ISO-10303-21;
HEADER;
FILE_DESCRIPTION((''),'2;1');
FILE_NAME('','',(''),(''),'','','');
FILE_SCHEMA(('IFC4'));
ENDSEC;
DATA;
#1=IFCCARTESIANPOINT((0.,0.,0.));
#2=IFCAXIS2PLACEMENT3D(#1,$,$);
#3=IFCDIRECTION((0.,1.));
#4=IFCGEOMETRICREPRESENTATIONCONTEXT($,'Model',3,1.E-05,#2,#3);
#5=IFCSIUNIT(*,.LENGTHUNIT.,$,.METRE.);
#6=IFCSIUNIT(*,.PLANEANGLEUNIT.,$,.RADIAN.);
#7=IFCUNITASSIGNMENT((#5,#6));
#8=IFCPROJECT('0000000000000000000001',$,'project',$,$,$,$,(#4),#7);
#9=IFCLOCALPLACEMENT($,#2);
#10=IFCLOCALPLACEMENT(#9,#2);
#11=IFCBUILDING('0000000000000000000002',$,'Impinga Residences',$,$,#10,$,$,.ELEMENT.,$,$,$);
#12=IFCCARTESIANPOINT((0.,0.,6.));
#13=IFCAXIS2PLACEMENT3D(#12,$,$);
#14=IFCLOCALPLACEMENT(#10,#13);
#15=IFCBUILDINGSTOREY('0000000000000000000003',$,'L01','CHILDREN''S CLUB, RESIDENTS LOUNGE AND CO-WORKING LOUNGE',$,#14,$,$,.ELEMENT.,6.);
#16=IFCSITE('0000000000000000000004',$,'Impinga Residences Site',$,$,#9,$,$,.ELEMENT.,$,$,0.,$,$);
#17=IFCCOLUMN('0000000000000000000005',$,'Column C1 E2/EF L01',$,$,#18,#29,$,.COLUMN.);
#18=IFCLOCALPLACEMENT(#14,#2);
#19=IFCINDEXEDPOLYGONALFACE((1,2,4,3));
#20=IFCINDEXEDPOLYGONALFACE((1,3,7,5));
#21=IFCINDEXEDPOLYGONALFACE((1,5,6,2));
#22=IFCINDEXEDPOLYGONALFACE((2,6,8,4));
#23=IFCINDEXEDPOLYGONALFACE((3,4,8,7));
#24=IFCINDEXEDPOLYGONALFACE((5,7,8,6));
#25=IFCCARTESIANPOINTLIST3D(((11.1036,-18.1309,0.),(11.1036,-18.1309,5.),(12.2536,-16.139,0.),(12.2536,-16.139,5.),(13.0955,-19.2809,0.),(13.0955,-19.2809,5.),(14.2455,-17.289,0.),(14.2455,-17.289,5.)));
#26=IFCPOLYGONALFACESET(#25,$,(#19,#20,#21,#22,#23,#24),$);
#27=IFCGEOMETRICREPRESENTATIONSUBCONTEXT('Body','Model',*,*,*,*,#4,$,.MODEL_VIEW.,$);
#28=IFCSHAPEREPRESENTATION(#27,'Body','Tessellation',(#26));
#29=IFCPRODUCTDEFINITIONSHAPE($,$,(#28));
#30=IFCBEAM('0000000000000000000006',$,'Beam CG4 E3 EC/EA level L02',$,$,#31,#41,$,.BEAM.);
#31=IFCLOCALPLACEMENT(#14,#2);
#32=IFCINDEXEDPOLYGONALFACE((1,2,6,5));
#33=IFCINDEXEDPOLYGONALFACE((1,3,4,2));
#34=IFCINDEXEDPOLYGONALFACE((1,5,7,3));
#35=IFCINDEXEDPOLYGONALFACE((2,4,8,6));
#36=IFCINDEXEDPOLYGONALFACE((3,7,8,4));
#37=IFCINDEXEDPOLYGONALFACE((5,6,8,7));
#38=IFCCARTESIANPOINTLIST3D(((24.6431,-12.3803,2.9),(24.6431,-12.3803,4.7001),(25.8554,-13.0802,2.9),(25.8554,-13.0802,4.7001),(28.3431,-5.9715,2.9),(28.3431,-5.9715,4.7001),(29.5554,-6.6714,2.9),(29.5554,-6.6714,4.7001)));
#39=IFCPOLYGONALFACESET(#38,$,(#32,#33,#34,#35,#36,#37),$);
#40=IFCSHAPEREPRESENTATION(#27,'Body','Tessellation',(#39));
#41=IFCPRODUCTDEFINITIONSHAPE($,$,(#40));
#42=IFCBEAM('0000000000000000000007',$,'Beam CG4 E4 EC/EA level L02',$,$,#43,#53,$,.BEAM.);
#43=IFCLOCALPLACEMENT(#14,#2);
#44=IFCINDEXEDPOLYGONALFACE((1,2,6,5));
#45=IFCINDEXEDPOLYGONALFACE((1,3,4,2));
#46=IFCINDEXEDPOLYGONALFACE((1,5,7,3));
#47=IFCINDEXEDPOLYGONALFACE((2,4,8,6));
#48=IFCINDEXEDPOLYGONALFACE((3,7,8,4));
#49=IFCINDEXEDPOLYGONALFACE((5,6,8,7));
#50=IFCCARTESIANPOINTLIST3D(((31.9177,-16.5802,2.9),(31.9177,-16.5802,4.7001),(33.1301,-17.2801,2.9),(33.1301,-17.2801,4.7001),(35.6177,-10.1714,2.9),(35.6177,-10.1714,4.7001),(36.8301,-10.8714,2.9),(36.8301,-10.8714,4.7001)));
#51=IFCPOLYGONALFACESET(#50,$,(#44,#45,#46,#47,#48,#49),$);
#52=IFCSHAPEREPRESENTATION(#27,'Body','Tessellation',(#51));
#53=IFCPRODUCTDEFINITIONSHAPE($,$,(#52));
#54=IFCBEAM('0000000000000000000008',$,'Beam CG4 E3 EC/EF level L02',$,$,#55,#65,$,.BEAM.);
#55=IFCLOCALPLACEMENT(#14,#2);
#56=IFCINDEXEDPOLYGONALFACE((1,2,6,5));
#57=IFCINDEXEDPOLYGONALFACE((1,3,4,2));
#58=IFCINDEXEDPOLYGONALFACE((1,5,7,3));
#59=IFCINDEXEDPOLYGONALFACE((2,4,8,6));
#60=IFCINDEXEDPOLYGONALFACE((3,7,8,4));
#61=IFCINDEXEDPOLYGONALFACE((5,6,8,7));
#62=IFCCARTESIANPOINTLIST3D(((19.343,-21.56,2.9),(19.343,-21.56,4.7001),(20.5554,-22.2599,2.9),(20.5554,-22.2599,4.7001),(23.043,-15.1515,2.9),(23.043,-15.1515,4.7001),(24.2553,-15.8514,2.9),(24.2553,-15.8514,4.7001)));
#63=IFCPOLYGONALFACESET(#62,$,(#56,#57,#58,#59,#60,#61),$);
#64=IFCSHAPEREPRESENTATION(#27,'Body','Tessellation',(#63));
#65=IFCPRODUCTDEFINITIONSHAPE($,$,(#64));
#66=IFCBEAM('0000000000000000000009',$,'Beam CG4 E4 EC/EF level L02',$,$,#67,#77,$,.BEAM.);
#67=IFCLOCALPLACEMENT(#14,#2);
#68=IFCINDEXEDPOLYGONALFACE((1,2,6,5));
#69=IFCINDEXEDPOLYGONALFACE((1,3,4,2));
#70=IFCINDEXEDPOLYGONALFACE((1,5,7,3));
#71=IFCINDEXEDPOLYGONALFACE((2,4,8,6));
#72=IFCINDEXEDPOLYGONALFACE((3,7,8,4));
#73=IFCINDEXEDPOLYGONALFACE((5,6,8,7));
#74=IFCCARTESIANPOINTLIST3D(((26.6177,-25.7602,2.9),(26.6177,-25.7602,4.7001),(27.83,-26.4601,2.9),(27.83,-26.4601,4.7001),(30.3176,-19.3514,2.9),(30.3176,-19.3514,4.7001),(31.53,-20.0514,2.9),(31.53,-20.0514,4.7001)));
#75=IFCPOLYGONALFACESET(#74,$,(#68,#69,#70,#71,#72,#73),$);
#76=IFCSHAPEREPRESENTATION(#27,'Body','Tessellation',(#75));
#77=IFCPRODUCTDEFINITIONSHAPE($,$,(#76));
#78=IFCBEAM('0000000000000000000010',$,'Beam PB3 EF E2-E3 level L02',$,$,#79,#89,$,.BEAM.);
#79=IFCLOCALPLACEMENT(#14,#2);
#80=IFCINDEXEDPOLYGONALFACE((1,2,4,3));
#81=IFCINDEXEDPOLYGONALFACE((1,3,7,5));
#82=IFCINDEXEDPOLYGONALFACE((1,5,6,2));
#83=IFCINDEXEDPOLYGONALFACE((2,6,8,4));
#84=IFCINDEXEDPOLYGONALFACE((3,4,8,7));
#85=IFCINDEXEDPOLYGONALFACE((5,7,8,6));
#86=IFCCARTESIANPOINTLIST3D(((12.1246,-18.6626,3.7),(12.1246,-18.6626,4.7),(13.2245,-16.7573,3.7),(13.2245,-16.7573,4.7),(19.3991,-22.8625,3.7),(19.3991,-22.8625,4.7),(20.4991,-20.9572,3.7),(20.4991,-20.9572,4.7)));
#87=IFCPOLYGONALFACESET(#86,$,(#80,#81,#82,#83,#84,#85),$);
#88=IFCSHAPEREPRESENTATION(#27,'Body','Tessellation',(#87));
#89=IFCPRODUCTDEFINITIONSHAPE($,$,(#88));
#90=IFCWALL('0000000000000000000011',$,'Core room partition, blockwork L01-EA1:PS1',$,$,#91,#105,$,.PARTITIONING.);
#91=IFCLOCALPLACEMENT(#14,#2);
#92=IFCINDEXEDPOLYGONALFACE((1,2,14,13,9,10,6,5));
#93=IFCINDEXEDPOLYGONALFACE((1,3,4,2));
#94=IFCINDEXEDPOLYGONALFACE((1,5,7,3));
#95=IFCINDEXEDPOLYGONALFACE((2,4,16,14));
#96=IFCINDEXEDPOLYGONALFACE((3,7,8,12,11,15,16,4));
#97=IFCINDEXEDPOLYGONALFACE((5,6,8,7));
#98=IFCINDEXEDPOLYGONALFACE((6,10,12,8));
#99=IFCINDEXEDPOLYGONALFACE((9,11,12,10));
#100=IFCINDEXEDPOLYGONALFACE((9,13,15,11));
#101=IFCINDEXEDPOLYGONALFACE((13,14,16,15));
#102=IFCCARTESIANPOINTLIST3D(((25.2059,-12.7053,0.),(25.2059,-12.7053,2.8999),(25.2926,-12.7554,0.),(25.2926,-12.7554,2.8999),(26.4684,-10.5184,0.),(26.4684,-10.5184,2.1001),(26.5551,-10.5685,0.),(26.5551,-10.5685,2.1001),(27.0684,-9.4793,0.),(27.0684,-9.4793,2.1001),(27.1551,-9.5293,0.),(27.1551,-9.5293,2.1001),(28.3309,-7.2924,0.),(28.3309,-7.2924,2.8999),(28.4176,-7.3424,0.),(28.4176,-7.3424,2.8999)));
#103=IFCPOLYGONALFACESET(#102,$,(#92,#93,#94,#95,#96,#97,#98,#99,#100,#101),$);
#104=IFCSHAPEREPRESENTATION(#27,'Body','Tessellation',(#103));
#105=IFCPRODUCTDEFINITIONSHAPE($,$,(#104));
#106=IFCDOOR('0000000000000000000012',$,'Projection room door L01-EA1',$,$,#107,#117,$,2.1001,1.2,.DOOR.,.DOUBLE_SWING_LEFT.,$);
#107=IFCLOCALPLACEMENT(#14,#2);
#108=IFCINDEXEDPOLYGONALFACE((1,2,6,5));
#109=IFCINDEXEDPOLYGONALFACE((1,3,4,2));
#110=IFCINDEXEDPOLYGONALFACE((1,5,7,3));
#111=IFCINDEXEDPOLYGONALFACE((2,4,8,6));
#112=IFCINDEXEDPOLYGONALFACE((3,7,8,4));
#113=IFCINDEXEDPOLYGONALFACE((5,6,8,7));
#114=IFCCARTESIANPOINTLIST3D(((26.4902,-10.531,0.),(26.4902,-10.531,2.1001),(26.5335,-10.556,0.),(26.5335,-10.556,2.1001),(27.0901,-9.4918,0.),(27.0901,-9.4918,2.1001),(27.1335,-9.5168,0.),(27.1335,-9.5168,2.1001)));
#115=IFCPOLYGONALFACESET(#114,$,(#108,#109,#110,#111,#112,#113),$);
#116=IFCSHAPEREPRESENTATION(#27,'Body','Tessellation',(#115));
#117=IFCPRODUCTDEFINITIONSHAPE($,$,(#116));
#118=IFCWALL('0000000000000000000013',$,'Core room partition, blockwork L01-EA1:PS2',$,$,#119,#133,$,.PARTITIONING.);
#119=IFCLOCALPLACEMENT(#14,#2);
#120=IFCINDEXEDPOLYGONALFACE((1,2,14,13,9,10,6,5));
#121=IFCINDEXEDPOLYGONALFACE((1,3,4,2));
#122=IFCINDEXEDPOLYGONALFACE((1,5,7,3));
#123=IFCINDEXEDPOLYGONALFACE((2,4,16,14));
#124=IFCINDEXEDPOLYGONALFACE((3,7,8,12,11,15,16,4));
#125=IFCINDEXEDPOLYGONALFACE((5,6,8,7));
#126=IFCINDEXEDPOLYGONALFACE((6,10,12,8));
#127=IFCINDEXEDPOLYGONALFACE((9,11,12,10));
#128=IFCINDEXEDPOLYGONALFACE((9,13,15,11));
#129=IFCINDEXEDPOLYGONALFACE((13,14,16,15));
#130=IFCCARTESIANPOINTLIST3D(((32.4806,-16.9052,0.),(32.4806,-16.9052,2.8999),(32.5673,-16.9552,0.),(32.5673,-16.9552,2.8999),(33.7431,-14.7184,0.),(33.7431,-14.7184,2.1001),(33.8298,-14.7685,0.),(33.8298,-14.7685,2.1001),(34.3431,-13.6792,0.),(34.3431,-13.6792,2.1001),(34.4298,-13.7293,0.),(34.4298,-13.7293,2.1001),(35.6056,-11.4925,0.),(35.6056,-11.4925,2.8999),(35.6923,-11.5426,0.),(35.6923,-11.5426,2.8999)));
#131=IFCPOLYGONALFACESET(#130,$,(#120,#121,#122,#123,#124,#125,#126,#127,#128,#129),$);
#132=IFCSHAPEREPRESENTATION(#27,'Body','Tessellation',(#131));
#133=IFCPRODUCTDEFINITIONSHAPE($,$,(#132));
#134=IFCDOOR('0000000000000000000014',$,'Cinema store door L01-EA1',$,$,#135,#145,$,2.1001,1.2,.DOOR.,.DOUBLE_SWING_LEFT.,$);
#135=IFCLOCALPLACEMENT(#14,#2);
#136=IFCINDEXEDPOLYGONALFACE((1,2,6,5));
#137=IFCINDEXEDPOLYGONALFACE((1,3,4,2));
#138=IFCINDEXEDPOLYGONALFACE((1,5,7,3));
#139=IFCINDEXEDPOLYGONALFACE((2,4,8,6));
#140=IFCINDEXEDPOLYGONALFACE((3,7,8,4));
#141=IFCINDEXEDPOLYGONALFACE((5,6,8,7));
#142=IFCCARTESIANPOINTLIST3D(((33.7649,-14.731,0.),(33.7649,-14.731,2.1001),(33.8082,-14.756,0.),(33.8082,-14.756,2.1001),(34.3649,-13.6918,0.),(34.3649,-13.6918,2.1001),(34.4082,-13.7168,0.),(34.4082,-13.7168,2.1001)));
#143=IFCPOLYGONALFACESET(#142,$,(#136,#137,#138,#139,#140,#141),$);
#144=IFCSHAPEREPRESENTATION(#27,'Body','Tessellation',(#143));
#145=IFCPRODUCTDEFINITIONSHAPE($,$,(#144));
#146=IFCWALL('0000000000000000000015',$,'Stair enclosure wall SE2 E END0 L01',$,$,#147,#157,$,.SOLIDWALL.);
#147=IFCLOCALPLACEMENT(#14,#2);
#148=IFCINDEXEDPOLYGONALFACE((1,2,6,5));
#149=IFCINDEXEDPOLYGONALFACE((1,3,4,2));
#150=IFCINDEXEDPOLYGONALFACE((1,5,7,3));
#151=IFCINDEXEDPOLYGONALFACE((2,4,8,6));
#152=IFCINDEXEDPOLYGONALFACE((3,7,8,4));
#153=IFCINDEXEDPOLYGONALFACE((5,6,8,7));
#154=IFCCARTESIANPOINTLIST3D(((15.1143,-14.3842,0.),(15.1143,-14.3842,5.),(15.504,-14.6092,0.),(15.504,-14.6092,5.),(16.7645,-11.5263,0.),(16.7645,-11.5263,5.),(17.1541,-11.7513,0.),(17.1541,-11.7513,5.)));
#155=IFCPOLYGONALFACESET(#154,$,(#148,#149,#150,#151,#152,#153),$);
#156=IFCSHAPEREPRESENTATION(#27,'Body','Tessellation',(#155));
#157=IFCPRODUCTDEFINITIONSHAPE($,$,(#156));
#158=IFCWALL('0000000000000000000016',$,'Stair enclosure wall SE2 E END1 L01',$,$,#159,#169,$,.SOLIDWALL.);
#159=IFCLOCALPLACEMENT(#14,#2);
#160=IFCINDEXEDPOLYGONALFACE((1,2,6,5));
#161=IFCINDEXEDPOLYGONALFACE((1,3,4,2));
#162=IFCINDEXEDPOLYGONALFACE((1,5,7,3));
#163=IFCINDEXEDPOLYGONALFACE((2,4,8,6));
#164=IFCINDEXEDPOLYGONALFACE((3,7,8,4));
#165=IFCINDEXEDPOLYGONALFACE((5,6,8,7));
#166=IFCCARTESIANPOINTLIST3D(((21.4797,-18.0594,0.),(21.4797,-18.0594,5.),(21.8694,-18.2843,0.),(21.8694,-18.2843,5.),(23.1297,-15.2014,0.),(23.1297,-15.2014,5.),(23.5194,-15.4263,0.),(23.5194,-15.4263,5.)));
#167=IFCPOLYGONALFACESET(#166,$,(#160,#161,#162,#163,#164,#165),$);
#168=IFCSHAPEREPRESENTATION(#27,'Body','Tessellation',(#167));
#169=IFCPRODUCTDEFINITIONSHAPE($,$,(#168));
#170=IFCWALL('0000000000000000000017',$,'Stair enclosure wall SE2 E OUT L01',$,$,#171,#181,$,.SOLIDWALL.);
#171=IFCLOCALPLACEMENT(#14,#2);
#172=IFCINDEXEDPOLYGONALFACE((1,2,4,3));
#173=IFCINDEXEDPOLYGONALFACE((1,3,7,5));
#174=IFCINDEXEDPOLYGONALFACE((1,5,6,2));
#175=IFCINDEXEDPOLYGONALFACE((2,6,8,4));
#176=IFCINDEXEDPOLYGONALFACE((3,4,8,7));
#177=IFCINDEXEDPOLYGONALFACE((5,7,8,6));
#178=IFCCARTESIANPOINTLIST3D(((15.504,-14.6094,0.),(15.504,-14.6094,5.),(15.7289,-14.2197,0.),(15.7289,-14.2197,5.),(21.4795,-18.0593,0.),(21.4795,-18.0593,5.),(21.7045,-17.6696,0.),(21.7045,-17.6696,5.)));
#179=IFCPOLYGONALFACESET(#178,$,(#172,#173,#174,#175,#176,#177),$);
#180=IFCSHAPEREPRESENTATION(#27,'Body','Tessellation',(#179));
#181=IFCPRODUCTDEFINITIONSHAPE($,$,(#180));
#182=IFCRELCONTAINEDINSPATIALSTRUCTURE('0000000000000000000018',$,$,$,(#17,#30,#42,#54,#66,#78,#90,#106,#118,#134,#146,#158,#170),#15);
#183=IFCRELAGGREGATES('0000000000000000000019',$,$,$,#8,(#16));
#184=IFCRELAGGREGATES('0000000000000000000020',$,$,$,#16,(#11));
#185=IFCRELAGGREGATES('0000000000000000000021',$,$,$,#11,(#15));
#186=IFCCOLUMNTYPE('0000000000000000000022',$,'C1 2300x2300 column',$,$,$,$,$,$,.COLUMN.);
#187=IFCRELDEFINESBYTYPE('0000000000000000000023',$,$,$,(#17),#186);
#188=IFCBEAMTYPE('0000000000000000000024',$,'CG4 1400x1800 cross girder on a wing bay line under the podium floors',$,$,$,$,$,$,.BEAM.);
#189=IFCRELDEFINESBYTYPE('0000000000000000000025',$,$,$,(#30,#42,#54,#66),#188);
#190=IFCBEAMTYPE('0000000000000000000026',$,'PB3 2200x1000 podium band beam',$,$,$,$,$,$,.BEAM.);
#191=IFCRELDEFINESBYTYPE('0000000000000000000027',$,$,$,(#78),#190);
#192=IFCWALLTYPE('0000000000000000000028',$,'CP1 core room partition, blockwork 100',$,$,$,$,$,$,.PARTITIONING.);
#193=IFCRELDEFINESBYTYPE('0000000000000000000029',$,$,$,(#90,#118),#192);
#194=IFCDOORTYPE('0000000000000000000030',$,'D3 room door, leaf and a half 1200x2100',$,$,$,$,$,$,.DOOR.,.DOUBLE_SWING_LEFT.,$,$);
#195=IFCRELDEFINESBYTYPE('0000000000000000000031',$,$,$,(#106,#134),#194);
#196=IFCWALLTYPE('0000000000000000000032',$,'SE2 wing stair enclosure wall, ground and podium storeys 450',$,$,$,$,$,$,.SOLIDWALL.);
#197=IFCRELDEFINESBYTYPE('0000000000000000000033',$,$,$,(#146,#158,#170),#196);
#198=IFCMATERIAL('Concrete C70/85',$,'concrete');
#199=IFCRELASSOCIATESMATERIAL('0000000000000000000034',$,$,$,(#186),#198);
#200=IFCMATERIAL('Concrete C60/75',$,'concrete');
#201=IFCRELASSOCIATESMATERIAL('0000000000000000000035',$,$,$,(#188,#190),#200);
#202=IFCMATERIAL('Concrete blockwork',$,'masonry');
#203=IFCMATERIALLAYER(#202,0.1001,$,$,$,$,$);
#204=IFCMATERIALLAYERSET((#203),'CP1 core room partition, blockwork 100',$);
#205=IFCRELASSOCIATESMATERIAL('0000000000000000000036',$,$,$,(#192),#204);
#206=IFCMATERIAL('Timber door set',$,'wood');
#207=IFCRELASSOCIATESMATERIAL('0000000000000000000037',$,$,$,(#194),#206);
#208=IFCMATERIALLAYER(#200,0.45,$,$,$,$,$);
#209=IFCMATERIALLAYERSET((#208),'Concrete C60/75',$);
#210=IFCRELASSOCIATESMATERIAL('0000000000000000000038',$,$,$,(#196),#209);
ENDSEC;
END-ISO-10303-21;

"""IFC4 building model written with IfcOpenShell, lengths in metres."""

from ifc_helpers import new_model, si_unit, direction, frame, frame_2d, origin, origin_2d, place, context, subcontext, project, spatial, rectangle, extrude, material, layer, layer_set, material_profile, profile_set, type_object, element, fill, save


model = new_model("IFC4")

# Units and contexts
model_context = context("Model", 3, precision=1e-05, world=origin(), true_north=direction((0.0, 1.0)))
body_context = subcontext(model_context, "Body", "Model", "MODEL_VIEW")
ifc_project = project(units=[si_unit("LENGTHUNIT", "METRE"), si_unit("PLANEANGLEUNIT", "RADIAN")], contexts=[model_context])

# Site, building, storey
site_placement = place(None, origin())
site = spatial("IfcSite", under=ifc_project, at=site_placement, Name="Impinga Residences Site", CompositionType="ELEMENT", RefElevation=0.0)
building_placement = place(site_placement, origin())
building = spatial("IfcBuilding", under=site, at=building_placement, Name="Impinga Residences", CompositionType="ELEMENT")
storey_placement = place(building_placement, frame((0.0, 0.0, 6.0)))
storey = spatial("IfcBuildingStorey", under=building, at=storey_placement, Name="L01", Description="CHILDREN'S CLUB, RESIDENTS LOUNGE AND CO-WORKING LOUNGE", CompositionType="ELEMENT", Elevation=6.0)

# Column
ifc_material_1 = material(Name="Concrete C70/85", Category="concrete")
ifc_material_profile_1 = material_profile(ifc_material_1, rectangle(XDim=2.3, YDim=2.3, at=origin_2d()), Name="RC 2300x2300")
ifc_profile_set_1 = profile_set([ifc_material_profile_1], Name="Concrete C70/85")
column_type = type_object("IfcColumnType", Name="C1 2300x2300 column", PredefinedType="COLUMN", material=ifc_profile_set_1)
column_placement = place(storey_placement, frame((12.6746, -17.71, 0.0), z_axis=(0.0, 0.0, 1.0), x_axis=(-0.5, -0.866025, 0.0)))
element("IfcColumn", 1, at=column_placement, inside=storey, type_object=column_type, Name="Column C1 E2/EF L01", PredefinedType="COLUMN", context=body_context, shape_type="SweptSolid", body=[
    extrude(rectangle(XDim=2.3, YDim=2.3, at=origin_2d()), origin(), (0.0, 0.0, 1.0), 5.0),
])

# Beams
ifc_material_2 = material(Name="Concrete C60/75", Category="concrete")
ifc_material_profile_2 = material_profile(ifc_material_2, rectangle(XDim=1.3999, YDim=1.8, at=origin_2d()), Name="RC 1400x1800")
ifc_profile_set_2 = profile_set([ifc_material_profile_2], Name="Concrete C60/75")
beam_type_1 = type_object("IfcBeamType", Name="CG4 1400x1800 cross girder on a wing bay line under the podium floors", PredefinedType="BEAM", material=ifc_profile_set_2)
for number, where, z_axis, x_axis, name in (
    (2, (25.2493, -12.7302, 3.8), (0.499989, 0.866032, 0.0), (-0.866032, 0.499989, 0.0), "Beam CG4 E3 EC/EA level L02"),
    (3, (32.5239, -16.9302, 3.8), (0.499989, 0.866032, 0.0), (-0.866032, 0.499989, 0.0), "Beam CG4 E4 EC/EA level L02"),
):
    element("IfcBeam", number, at=place(storey_placement, frame(where, z_axis=z_axis, x_axis=x_axis)), inside=storey, type_object=beam_type_1, Name=name, PredefinedType="BEAM", context=body_context, shape_type="SweptSolid", body=[
        extrude(rectangle(XDim=1.3999, YDim=1.8, at=origin_2d()), origin(), (0.0, 0.0, 1.0), 7.4001),
    ])
beam_1_placement = place(storey_placement, frame((23.6492, -15.5015, 3.8), z_axis=(-0.500003, -0.866024, 0.0), x_axis=(0.866024, -0.500003, 0.0)))
element("IfcBeam", 4, at=beam_1_placement, inside=storey, type_object=beam_type_1, Name="Beam CG4 E3 EC/EF level L02", PredefinedType="BEAM", context=body_context, shape_type="SweptSolid", body=[
    extrude(rectangle(XDim=1.3999, YDim=1.8, at=origin_2d()), origin(), (0.0, 0.0, 1.0), 7.3999),
])
beam_2_placement = place(storey_placement, frame((30.9238, -19.7014, 3.8), z_axis=(-0.499989, -0.866032, 0.0), x_axis=(0.866032, -0.499989, 0.0)))
element("IfcBeam", 5, at=beam_2_placement, inside=storey, type_object=beam_type_1, Name="Beam CG4 E4 EC/EF level L02", PredefinedType="BEAM", context=body_context, shape_type="SweptSolid", body=[
    extrude(rectangle(XDim=1.3999, YDim=1.8, at=origin_2d()), origin(), (0.0, 0.0, 1.0), 7.4001),
])
ifc_material_profile_3 = material_profile(ifc_material_2, rectangle(XDim=2.2, YDim=1.0, at=origin_2d()), Name="RC 2200x1000")
ifc_profile_set_3 = profile_set([ifc_material_profile_3], Name="Concrete C60/75")
beam_type_2 = type_object("IfcBeamType", Name="PB3 2200x1000 podium band beam", PredefinedType="BEAM", material=ifc_profile_set_3)
beam_3_placement = place(storey_placement, frame((12.6746, -17.71, 4.2), z_axis=(0.866029, -0.499993, 0.0), x_axis=(0.499993, 0.866029, 0.0)))
element("IfcBeam", 6, at=beam_3_placement, inside=storey, type_object=beam_type_2, Name="Beam PB3 EF E2-E3 level L02", PredefinedType="BEAM", context=body_context, shape_type="SweptSolid", body=[
    extrude(rectangle(XDim=2.2, YDim=1.0, at=origin_2d()), origin(), (0.0, 0.0, 1.0), 8.3999),
])

# Walls, openings, doors
ifc_material_3 = material(Name="Concrete blockwork", Category="masonry")
ifc_layer_1 = layer(ifc_material_3, 0.1001)
ifc_layer_set_1 = layer_set([ifc_layer_1], Name="CP1 core room partition, blockwork 100")
wall_type_1 = type_object("IfcWallType", Name="CP1 core room partition, blockwork 100", PredefinedType="PARTITIONING", material=ifc_layer_set_1)
wall_1_placement = place(storey_placement, frame((25.2493, -12.7302, 0.0), z_axis=(0.0, 0.0, 1.0), x_axis=(0.499987, 0.866033, 0.0)))
wall_1 = element("IfcWall", 7, at=wall_1_placement, inside=storey, type_object=wall_type_1, Name="Core room partition, blockwork L01-EA1:PS1", PredefinedType="PARTITIONING", context=body_context, shape_type="SweptSolid", body=[
    extrude(rectangle(XDim=6.2502, YDim=0.1001, at=frame_2d((3.125, 0.0))), origin(), (0.0, 0.0, 1.0), 2.8999),
])
opening_1_placement = place(wall_1_placement, frame((2.5249, 0.0, 0.0)))
opening_1 = element("IfcOpeningElement", 8, at=opening_1_placement, cuts=wall_1, PredefinedType="OPENING", context=body_context, shape_type="SweptSolid", body=[
    extrude(rectangle(XDim=1.2, YDim=2.1001, at=frame_2d((0.6001, 1.05))), frame((0.0, 0.0601, 0.0), z_axis=(0.0, -1.0, 0.0), x_axis=(1.0, 0.0, 0.0)), (0.0, 0.0, 1.0), 0.1201),
])
ifc_material_4 = material(Name="Timber door set", Category="wood")
door_type = type_object("IfcDoorType", Name="D3 room door, leaf and a half 1200x2100", OperationType="DOUBLE_SWING_LEFT", PredefinedType="DOOR", material=ifc_material_4)
door_1_placement = place(opening_1_placement, origin())
door_1 = element("IfcDoor", 9, at=door_1_placement, inside=storey, type_object=door_type, Name="Projection room door L01-EA1", OperationType="DOUBLE_SWING_LEFT", OverallHeight=2.1001, OverallWidth=1.2, PredefinedType="DOOR", context=body_context, shape_type="SweptSolid", body=[
    extrude(rectangle(XDim=1.2, YDim=2.1001, at=frame_2d((0.6001, 1.05))), frame((0.0, 0.0249, 0.0), z_axis=(0.0, -1.0, 0.0), x_axis=(1.0, 0.0, 0.0)), (0.0, 0.0, 1.0), 0.05),
])
fill(opening_1, door_1)
wall_2_placement = place(storey_placement, frame((32.5239, -16.9302, 0.0), z_axis=(0.0, 0.0, 1.0), x_axis=(0.500004, 0.866023, 0.0)))
wall_2 = element("IfcWall", 10, at=wall_2_placement, inside=storey, type_object=wall_type_1, Name="Core room partition, blockwork L01-EA1:PS2", PredefinedType="PARTITIONING", context=body_context, shape_type="SweptSolid", body=[
    extrude(rectangle(XDim=6.25, YDim=0.1001, at=frame_2d((3.125, 0.0))), origin(), (0.0, 0.0, 1.0), 2.8999),
])
opening_2_placement = place(wall_2_placement, frame((2.5249, 0.0, 0.0)))
opening_2 = element("IfcOpeningElement", 11, at=opening_2_placement, cuts=wall_2, PredefinedType="OPENING", context=body_context, shape_type="SweptSolid", body=[
    extrude(rectangle(XDim=1.2, YDim=2.1001, at=frame_2d((0.6001, 1.05))), frame((0.0, 0.0601, 0.0), z_axis=(0.0, -1.0, 0.0), x_axis=(1.0, 0.0, 0.0)), (0.0, 0.0, 1.0), 0.1201),
])
door_2_placement = place(opening_2_placement, origin())
door_2 = element("IfcDoor", 12, at=door_2_placement, inside=storey, type_object=door_type, Name="Cinema store door L01-EA1", OperationType="DOUBLE_SWING_LEFT", OverallHeight=2.1001, OverallWidth=1.2, PredefinedType="DOOR", context=body_context, shape_type="SweptSolid", body=[
    extrude(rectangle(XDim=1.2, YDim=2.1001, at=frame_2d((0.6001, 1.05))), frame((0.0, 0.0249, 0.0), z_axis=(0.0, -1.0, 0.0), x_axis=(1.0, 0.0, 0.0)), (0.0, 0.0, 1.0), 0.05),
])
fill(opening_2, door_2)

# Walls
ifc_layer_2 = layer(ifc_material_2, 0.45)
ifc_layer_set_2 = layer_set([ifc_layer_2], Name="Concrete C60/75")
wall_type_2 = type_object("IfcWallType", Name="SE2 wing stair enclosure wall, ground and podium storeys 450", PredefinedType="SOLIDWALL", material=ifc_layer_set_2)
for number, where, z_axis, x_axis, name in (
    (13, (16.9592, -11.6389, 0.0), (0.0, 0.0, 1.0), (-0.50003, -0.866008, 0.0), "Stair enclosure wall SE2 E END0 L01"),
    (14, (23.3245, -15.314, 0.0), (0.0, 0.0, 1.0), (-0.499974, -0.86604, 0.0), "Stair enclosure wall SE2 E END1 L01"),
):
    element("IfcWall", number, at=place(storey_placement, frame(where, z_axis=z_axis, x_axis=x_axis)), inside=storey, type_object=wall_type_2, Name=name, PredefinedType="SOLIDWALL", context=body_context, shape_type="SweptSolid", body=[
        extrude(rectangle(XDim=3.3, YDim=0.45, at=frame_2d((1.6499, 0.0))), origin(), (0.0, 0.0, 1.0), 5.0),
    ])
wall_3_placement = place(storey_placement, frame((15.6165, -14.4146, 0.0), z_axis=(0.0, 0.0, 1.0), x_axis=(0.866029, -0.499994, 0.0)))
element("IfcWall", 15, at=wall_3_placement, inside=storey, type_object=wall_type_2, Name="Stair enclosure wall SE2 E OUT L01", PredefinedType="SOLIDWALL", context=body_context, shape_type="SweptSolid", body=[
    extrude(rectangle(XDim=6.8999, YDim=0.45, at=frame_2d((3.45, 0.0))), origin(), (0.0, 0.0, 1.0), 5.0),
])

save(model, "model.ifc")
